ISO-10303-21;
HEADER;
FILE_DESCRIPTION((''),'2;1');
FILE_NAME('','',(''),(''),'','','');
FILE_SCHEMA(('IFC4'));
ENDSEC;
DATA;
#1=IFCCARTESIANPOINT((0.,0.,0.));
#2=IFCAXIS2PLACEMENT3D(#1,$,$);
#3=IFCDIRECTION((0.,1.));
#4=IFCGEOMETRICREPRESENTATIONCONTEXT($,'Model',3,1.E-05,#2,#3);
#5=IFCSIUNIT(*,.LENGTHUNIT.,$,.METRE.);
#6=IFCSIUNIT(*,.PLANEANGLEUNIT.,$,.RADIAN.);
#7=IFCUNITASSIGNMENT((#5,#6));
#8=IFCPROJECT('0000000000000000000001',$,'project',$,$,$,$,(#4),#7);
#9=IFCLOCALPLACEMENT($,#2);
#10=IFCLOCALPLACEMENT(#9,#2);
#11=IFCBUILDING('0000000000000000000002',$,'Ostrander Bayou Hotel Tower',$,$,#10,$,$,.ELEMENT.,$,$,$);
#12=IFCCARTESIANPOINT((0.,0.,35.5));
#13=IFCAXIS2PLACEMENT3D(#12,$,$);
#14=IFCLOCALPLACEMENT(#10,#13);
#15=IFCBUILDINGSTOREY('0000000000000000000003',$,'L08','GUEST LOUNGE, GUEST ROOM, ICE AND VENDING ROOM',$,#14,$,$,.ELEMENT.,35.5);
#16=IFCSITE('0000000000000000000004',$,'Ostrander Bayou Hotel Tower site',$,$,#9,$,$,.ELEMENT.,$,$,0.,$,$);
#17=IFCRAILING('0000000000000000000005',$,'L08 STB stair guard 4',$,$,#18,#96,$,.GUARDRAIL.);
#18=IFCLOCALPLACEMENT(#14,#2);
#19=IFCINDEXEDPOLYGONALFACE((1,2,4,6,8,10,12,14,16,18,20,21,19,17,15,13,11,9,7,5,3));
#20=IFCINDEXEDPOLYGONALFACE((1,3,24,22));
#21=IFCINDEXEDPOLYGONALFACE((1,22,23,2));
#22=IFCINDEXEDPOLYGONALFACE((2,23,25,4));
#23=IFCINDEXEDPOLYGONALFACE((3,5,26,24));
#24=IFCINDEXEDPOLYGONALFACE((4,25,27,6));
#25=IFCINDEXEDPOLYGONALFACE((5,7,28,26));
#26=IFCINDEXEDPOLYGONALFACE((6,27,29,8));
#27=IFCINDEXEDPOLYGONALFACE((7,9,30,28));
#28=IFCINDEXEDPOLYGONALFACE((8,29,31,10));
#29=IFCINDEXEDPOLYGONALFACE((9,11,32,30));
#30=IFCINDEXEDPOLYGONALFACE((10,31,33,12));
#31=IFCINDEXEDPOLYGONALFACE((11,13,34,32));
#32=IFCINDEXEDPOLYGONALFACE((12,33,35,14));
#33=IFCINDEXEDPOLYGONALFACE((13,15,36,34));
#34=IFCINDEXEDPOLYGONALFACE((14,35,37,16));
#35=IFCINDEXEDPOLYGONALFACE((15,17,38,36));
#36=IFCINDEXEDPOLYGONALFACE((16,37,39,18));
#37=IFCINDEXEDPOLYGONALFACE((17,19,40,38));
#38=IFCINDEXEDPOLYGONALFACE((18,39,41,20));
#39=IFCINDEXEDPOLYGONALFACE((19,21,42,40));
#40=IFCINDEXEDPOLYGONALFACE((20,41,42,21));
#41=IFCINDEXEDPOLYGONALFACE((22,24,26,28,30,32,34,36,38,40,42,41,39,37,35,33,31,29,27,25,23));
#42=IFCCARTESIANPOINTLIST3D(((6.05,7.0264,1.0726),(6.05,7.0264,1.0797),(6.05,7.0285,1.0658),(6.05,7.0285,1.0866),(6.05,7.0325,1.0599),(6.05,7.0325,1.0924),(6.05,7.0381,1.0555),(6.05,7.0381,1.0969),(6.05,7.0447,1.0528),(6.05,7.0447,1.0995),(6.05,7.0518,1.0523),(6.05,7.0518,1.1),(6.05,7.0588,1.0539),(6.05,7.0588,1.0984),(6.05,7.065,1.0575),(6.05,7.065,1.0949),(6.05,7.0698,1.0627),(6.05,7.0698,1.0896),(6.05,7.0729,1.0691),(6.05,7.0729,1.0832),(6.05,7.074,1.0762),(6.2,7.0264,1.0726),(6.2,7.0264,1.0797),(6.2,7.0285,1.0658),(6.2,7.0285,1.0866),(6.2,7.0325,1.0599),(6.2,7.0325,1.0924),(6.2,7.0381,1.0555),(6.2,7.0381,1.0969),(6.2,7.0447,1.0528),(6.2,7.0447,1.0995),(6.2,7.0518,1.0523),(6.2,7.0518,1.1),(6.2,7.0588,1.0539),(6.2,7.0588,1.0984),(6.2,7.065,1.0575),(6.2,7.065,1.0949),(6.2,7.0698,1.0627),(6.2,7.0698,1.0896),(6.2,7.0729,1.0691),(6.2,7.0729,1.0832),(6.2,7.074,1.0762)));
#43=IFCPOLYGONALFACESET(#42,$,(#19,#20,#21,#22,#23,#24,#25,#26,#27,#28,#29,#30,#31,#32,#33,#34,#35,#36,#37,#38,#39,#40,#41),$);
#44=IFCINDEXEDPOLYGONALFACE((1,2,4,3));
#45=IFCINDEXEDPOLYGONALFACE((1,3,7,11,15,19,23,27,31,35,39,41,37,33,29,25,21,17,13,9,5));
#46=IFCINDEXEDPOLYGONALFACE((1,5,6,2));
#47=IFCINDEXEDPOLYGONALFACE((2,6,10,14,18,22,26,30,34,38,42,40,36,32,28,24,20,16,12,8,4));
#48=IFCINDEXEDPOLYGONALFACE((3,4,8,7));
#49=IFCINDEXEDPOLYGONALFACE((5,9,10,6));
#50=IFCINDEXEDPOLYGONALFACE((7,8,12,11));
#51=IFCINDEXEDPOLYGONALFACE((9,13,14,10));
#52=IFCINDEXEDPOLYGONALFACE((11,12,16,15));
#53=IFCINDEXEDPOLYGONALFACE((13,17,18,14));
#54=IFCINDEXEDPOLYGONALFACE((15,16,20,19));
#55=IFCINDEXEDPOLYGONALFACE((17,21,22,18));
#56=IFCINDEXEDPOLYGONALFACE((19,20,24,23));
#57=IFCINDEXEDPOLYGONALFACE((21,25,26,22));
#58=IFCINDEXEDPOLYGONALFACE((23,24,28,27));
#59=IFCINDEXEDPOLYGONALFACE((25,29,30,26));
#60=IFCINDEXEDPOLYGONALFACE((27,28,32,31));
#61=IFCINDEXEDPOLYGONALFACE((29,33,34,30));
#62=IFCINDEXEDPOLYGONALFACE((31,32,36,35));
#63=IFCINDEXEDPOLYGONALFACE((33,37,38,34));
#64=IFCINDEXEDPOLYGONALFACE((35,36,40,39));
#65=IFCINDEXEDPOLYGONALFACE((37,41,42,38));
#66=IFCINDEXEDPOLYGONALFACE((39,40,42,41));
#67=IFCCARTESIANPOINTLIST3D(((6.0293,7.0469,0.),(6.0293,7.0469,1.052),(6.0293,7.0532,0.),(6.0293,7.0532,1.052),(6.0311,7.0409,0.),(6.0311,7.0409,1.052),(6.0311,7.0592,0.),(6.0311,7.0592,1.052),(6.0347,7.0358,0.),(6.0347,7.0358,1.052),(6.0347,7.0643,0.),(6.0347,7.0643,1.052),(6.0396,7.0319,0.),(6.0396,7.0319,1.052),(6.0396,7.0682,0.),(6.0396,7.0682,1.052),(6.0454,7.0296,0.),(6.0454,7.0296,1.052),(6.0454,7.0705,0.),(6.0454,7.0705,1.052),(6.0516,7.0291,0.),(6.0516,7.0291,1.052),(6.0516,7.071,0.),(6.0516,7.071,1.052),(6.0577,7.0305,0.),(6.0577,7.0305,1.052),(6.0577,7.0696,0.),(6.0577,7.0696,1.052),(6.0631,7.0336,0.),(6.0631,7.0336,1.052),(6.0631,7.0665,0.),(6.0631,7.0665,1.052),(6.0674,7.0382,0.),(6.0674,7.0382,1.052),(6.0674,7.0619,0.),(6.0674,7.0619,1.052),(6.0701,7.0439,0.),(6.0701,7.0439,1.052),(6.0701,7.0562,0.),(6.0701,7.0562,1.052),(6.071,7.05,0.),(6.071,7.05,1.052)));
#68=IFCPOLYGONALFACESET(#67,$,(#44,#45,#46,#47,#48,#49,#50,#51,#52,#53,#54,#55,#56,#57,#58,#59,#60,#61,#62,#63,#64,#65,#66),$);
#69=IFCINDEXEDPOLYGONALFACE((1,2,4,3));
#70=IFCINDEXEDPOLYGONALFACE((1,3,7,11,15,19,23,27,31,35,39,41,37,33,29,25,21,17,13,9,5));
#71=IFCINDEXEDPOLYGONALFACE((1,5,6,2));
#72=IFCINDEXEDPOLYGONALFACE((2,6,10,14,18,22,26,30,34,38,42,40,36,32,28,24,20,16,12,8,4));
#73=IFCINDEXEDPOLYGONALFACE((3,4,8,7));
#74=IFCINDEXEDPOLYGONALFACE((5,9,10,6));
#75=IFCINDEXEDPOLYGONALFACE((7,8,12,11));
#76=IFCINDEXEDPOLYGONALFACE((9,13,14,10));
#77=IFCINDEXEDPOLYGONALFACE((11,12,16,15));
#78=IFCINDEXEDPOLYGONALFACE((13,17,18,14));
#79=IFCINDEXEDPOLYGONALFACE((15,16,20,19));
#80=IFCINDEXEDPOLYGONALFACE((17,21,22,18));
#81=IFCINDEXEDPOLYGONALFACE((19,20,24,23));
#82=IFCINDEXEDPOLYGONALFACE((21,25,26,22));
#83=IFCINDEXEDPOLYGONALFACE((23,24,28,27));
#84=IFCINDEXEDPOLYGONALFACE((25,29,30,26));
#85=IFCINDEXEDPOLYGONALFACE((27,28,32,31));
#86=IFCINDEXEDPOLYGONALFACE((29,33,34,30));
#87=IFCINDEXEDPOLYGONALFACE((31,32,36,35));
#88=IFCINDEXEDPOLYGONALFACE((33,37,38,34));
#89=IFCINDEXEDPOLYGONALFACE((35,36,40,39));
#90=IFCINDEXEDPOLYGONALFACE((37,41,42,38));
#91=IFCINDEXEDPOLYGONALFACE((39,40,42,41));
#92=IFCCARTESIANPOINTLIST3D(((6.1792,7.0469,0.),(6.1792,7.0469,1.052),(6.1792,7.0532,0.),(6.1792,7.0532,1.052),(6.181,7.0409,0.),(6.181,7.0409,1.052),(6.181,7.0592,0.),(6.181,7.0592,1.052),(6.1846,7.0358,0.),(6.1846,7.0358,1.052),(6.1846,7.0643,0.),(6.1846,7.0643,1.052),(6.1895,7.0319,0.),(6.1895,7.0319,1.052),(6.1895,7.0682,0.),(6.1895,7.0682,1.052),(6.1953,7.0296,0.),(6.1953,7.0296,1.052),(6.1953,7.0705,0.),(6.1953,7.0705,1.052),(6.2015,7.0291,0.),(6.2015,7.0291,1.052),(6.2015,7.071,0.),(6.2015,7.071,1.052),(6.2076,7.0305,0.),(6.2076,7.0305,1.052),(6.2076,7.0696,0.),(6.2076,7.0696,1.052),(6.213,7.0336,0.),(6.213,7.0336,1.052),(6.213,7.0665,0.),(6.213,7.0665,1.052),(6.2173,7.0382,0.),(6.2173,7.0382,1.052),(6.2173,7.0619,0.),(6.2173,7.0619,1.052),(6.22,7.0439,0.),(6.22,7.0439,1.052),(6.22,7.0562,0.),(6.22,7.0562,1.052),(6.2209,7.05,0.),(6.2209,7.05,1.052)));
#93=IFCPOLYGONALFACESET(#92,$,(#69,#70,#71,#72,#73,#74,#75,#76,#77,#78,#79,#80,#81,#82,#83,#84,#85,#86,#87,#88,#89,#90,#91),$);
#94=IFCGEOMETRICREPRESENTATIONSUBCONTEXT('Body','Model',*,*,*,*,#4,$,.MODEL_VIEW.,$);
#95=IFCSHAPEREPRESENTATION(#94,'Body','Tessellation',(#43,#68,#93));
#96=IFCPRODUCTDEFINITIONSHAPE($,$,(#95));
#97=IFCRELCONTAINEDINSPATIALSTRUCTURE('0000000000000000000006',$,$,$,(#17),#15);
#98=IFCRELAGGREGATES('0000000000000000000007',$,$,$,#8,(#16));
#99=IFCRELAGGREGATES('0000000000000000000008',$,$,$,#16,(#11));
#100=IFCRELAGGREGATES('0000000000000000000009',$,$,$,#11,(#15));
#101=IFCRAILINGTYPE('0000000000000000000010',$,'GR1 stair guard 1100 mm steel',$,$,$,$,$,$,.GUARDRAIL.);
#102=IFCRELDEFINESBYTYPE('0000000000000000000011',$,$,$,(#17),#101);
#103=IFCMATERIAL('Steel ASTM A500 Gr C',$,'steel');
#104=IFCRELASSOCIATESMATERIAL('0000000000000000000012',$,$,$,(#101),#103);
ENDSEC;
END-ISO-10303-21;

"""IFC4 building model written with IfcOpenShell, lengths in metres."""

from ifc_helpers import new_model, si_unit, direction, frame, origin, origin_2d, place, context, subcontext, project, spatial, circle, extrude, material, type_object, element, save


model = new_model("IFC4")

# Units and contexts
model_context = context("Model", 3, precision=1e-05, world=origin(), true_north=direction((0.0, 1.0)))
body_context = subcontext(model_context, "Body", "Model", "MODEL_VIEW")
ifc_project = project(units=[si_unit("LENGTHUNIT", "METRE"), si_unit("PLANEANGLEUNIT", "RADIAN")], contexts=[model_context])

# Site, building, storey
site_placement = place(None, origin())
site = spatial("IfcSite", under=ifc_project, at=site_placement, Name="Ostrander Bayou Hotel Tower site", CompositionType="ELEMENT", RefElevation=0.0)
building_placement = place(site_placement, origin())
building = spatial("IfcBuilding", under=site, at=building_placement, Name="Ostrander Bayou Hotel Tower", CompositionType="ELEMENT")
storey_placement = place(building_placement, frame((0.0, 0.0, 35.5)))
storey = spatial("IfcBuildingStorey", under=building, at=storey_placement, Name="L08", Description="GUEST LOUNGE, GUEST ROOM, ICE AND VENDING ROOM", CompositionType="ELEMENT", Elevation=35.5)

# Railing
ifc_material_1 = material(Name="Steel ASTM A500 Gr C", Category="steel")
railing_type_1 = type_object("IfcRailingType", Name="GR1 stair guard 1100 mm steel", PredefinedType="GUARDRAIL", material=ifc_material_1)
railing_1_placement = place(storey_placement, frame((6.05, 7.05, 0.0)))
element("IfcRailing", 1, at=railing_1_placement, inside=storey, type_object=railing_type_1, Name="L08 STB stair guard 4", PredefinedType="GUARDRAIL", context=body_context, shape_type="SweptSolid", body=[
    extrude(circle(Radius=0.0239, at=origin_2d()), frame((0.0, 0.0, 1.0762), z_axis=(1.0, 0.0, 0.0), x_axis=(0.0, 1.0, 0.0)), (0.0, 0.0, 1.0), 0.1499),
    extrude(circle(Radius=0.021, at=origin_2d()), origin(), (0.0, 0.0, 1.0), 1.052),
    extrude(circle(Radius=0.021, at=origin_2d()), frame((0.1499, 0.0, 0.0)), (0.0, 0.0, 1.0), 1.052),
])

save(model, "model.ifc")
